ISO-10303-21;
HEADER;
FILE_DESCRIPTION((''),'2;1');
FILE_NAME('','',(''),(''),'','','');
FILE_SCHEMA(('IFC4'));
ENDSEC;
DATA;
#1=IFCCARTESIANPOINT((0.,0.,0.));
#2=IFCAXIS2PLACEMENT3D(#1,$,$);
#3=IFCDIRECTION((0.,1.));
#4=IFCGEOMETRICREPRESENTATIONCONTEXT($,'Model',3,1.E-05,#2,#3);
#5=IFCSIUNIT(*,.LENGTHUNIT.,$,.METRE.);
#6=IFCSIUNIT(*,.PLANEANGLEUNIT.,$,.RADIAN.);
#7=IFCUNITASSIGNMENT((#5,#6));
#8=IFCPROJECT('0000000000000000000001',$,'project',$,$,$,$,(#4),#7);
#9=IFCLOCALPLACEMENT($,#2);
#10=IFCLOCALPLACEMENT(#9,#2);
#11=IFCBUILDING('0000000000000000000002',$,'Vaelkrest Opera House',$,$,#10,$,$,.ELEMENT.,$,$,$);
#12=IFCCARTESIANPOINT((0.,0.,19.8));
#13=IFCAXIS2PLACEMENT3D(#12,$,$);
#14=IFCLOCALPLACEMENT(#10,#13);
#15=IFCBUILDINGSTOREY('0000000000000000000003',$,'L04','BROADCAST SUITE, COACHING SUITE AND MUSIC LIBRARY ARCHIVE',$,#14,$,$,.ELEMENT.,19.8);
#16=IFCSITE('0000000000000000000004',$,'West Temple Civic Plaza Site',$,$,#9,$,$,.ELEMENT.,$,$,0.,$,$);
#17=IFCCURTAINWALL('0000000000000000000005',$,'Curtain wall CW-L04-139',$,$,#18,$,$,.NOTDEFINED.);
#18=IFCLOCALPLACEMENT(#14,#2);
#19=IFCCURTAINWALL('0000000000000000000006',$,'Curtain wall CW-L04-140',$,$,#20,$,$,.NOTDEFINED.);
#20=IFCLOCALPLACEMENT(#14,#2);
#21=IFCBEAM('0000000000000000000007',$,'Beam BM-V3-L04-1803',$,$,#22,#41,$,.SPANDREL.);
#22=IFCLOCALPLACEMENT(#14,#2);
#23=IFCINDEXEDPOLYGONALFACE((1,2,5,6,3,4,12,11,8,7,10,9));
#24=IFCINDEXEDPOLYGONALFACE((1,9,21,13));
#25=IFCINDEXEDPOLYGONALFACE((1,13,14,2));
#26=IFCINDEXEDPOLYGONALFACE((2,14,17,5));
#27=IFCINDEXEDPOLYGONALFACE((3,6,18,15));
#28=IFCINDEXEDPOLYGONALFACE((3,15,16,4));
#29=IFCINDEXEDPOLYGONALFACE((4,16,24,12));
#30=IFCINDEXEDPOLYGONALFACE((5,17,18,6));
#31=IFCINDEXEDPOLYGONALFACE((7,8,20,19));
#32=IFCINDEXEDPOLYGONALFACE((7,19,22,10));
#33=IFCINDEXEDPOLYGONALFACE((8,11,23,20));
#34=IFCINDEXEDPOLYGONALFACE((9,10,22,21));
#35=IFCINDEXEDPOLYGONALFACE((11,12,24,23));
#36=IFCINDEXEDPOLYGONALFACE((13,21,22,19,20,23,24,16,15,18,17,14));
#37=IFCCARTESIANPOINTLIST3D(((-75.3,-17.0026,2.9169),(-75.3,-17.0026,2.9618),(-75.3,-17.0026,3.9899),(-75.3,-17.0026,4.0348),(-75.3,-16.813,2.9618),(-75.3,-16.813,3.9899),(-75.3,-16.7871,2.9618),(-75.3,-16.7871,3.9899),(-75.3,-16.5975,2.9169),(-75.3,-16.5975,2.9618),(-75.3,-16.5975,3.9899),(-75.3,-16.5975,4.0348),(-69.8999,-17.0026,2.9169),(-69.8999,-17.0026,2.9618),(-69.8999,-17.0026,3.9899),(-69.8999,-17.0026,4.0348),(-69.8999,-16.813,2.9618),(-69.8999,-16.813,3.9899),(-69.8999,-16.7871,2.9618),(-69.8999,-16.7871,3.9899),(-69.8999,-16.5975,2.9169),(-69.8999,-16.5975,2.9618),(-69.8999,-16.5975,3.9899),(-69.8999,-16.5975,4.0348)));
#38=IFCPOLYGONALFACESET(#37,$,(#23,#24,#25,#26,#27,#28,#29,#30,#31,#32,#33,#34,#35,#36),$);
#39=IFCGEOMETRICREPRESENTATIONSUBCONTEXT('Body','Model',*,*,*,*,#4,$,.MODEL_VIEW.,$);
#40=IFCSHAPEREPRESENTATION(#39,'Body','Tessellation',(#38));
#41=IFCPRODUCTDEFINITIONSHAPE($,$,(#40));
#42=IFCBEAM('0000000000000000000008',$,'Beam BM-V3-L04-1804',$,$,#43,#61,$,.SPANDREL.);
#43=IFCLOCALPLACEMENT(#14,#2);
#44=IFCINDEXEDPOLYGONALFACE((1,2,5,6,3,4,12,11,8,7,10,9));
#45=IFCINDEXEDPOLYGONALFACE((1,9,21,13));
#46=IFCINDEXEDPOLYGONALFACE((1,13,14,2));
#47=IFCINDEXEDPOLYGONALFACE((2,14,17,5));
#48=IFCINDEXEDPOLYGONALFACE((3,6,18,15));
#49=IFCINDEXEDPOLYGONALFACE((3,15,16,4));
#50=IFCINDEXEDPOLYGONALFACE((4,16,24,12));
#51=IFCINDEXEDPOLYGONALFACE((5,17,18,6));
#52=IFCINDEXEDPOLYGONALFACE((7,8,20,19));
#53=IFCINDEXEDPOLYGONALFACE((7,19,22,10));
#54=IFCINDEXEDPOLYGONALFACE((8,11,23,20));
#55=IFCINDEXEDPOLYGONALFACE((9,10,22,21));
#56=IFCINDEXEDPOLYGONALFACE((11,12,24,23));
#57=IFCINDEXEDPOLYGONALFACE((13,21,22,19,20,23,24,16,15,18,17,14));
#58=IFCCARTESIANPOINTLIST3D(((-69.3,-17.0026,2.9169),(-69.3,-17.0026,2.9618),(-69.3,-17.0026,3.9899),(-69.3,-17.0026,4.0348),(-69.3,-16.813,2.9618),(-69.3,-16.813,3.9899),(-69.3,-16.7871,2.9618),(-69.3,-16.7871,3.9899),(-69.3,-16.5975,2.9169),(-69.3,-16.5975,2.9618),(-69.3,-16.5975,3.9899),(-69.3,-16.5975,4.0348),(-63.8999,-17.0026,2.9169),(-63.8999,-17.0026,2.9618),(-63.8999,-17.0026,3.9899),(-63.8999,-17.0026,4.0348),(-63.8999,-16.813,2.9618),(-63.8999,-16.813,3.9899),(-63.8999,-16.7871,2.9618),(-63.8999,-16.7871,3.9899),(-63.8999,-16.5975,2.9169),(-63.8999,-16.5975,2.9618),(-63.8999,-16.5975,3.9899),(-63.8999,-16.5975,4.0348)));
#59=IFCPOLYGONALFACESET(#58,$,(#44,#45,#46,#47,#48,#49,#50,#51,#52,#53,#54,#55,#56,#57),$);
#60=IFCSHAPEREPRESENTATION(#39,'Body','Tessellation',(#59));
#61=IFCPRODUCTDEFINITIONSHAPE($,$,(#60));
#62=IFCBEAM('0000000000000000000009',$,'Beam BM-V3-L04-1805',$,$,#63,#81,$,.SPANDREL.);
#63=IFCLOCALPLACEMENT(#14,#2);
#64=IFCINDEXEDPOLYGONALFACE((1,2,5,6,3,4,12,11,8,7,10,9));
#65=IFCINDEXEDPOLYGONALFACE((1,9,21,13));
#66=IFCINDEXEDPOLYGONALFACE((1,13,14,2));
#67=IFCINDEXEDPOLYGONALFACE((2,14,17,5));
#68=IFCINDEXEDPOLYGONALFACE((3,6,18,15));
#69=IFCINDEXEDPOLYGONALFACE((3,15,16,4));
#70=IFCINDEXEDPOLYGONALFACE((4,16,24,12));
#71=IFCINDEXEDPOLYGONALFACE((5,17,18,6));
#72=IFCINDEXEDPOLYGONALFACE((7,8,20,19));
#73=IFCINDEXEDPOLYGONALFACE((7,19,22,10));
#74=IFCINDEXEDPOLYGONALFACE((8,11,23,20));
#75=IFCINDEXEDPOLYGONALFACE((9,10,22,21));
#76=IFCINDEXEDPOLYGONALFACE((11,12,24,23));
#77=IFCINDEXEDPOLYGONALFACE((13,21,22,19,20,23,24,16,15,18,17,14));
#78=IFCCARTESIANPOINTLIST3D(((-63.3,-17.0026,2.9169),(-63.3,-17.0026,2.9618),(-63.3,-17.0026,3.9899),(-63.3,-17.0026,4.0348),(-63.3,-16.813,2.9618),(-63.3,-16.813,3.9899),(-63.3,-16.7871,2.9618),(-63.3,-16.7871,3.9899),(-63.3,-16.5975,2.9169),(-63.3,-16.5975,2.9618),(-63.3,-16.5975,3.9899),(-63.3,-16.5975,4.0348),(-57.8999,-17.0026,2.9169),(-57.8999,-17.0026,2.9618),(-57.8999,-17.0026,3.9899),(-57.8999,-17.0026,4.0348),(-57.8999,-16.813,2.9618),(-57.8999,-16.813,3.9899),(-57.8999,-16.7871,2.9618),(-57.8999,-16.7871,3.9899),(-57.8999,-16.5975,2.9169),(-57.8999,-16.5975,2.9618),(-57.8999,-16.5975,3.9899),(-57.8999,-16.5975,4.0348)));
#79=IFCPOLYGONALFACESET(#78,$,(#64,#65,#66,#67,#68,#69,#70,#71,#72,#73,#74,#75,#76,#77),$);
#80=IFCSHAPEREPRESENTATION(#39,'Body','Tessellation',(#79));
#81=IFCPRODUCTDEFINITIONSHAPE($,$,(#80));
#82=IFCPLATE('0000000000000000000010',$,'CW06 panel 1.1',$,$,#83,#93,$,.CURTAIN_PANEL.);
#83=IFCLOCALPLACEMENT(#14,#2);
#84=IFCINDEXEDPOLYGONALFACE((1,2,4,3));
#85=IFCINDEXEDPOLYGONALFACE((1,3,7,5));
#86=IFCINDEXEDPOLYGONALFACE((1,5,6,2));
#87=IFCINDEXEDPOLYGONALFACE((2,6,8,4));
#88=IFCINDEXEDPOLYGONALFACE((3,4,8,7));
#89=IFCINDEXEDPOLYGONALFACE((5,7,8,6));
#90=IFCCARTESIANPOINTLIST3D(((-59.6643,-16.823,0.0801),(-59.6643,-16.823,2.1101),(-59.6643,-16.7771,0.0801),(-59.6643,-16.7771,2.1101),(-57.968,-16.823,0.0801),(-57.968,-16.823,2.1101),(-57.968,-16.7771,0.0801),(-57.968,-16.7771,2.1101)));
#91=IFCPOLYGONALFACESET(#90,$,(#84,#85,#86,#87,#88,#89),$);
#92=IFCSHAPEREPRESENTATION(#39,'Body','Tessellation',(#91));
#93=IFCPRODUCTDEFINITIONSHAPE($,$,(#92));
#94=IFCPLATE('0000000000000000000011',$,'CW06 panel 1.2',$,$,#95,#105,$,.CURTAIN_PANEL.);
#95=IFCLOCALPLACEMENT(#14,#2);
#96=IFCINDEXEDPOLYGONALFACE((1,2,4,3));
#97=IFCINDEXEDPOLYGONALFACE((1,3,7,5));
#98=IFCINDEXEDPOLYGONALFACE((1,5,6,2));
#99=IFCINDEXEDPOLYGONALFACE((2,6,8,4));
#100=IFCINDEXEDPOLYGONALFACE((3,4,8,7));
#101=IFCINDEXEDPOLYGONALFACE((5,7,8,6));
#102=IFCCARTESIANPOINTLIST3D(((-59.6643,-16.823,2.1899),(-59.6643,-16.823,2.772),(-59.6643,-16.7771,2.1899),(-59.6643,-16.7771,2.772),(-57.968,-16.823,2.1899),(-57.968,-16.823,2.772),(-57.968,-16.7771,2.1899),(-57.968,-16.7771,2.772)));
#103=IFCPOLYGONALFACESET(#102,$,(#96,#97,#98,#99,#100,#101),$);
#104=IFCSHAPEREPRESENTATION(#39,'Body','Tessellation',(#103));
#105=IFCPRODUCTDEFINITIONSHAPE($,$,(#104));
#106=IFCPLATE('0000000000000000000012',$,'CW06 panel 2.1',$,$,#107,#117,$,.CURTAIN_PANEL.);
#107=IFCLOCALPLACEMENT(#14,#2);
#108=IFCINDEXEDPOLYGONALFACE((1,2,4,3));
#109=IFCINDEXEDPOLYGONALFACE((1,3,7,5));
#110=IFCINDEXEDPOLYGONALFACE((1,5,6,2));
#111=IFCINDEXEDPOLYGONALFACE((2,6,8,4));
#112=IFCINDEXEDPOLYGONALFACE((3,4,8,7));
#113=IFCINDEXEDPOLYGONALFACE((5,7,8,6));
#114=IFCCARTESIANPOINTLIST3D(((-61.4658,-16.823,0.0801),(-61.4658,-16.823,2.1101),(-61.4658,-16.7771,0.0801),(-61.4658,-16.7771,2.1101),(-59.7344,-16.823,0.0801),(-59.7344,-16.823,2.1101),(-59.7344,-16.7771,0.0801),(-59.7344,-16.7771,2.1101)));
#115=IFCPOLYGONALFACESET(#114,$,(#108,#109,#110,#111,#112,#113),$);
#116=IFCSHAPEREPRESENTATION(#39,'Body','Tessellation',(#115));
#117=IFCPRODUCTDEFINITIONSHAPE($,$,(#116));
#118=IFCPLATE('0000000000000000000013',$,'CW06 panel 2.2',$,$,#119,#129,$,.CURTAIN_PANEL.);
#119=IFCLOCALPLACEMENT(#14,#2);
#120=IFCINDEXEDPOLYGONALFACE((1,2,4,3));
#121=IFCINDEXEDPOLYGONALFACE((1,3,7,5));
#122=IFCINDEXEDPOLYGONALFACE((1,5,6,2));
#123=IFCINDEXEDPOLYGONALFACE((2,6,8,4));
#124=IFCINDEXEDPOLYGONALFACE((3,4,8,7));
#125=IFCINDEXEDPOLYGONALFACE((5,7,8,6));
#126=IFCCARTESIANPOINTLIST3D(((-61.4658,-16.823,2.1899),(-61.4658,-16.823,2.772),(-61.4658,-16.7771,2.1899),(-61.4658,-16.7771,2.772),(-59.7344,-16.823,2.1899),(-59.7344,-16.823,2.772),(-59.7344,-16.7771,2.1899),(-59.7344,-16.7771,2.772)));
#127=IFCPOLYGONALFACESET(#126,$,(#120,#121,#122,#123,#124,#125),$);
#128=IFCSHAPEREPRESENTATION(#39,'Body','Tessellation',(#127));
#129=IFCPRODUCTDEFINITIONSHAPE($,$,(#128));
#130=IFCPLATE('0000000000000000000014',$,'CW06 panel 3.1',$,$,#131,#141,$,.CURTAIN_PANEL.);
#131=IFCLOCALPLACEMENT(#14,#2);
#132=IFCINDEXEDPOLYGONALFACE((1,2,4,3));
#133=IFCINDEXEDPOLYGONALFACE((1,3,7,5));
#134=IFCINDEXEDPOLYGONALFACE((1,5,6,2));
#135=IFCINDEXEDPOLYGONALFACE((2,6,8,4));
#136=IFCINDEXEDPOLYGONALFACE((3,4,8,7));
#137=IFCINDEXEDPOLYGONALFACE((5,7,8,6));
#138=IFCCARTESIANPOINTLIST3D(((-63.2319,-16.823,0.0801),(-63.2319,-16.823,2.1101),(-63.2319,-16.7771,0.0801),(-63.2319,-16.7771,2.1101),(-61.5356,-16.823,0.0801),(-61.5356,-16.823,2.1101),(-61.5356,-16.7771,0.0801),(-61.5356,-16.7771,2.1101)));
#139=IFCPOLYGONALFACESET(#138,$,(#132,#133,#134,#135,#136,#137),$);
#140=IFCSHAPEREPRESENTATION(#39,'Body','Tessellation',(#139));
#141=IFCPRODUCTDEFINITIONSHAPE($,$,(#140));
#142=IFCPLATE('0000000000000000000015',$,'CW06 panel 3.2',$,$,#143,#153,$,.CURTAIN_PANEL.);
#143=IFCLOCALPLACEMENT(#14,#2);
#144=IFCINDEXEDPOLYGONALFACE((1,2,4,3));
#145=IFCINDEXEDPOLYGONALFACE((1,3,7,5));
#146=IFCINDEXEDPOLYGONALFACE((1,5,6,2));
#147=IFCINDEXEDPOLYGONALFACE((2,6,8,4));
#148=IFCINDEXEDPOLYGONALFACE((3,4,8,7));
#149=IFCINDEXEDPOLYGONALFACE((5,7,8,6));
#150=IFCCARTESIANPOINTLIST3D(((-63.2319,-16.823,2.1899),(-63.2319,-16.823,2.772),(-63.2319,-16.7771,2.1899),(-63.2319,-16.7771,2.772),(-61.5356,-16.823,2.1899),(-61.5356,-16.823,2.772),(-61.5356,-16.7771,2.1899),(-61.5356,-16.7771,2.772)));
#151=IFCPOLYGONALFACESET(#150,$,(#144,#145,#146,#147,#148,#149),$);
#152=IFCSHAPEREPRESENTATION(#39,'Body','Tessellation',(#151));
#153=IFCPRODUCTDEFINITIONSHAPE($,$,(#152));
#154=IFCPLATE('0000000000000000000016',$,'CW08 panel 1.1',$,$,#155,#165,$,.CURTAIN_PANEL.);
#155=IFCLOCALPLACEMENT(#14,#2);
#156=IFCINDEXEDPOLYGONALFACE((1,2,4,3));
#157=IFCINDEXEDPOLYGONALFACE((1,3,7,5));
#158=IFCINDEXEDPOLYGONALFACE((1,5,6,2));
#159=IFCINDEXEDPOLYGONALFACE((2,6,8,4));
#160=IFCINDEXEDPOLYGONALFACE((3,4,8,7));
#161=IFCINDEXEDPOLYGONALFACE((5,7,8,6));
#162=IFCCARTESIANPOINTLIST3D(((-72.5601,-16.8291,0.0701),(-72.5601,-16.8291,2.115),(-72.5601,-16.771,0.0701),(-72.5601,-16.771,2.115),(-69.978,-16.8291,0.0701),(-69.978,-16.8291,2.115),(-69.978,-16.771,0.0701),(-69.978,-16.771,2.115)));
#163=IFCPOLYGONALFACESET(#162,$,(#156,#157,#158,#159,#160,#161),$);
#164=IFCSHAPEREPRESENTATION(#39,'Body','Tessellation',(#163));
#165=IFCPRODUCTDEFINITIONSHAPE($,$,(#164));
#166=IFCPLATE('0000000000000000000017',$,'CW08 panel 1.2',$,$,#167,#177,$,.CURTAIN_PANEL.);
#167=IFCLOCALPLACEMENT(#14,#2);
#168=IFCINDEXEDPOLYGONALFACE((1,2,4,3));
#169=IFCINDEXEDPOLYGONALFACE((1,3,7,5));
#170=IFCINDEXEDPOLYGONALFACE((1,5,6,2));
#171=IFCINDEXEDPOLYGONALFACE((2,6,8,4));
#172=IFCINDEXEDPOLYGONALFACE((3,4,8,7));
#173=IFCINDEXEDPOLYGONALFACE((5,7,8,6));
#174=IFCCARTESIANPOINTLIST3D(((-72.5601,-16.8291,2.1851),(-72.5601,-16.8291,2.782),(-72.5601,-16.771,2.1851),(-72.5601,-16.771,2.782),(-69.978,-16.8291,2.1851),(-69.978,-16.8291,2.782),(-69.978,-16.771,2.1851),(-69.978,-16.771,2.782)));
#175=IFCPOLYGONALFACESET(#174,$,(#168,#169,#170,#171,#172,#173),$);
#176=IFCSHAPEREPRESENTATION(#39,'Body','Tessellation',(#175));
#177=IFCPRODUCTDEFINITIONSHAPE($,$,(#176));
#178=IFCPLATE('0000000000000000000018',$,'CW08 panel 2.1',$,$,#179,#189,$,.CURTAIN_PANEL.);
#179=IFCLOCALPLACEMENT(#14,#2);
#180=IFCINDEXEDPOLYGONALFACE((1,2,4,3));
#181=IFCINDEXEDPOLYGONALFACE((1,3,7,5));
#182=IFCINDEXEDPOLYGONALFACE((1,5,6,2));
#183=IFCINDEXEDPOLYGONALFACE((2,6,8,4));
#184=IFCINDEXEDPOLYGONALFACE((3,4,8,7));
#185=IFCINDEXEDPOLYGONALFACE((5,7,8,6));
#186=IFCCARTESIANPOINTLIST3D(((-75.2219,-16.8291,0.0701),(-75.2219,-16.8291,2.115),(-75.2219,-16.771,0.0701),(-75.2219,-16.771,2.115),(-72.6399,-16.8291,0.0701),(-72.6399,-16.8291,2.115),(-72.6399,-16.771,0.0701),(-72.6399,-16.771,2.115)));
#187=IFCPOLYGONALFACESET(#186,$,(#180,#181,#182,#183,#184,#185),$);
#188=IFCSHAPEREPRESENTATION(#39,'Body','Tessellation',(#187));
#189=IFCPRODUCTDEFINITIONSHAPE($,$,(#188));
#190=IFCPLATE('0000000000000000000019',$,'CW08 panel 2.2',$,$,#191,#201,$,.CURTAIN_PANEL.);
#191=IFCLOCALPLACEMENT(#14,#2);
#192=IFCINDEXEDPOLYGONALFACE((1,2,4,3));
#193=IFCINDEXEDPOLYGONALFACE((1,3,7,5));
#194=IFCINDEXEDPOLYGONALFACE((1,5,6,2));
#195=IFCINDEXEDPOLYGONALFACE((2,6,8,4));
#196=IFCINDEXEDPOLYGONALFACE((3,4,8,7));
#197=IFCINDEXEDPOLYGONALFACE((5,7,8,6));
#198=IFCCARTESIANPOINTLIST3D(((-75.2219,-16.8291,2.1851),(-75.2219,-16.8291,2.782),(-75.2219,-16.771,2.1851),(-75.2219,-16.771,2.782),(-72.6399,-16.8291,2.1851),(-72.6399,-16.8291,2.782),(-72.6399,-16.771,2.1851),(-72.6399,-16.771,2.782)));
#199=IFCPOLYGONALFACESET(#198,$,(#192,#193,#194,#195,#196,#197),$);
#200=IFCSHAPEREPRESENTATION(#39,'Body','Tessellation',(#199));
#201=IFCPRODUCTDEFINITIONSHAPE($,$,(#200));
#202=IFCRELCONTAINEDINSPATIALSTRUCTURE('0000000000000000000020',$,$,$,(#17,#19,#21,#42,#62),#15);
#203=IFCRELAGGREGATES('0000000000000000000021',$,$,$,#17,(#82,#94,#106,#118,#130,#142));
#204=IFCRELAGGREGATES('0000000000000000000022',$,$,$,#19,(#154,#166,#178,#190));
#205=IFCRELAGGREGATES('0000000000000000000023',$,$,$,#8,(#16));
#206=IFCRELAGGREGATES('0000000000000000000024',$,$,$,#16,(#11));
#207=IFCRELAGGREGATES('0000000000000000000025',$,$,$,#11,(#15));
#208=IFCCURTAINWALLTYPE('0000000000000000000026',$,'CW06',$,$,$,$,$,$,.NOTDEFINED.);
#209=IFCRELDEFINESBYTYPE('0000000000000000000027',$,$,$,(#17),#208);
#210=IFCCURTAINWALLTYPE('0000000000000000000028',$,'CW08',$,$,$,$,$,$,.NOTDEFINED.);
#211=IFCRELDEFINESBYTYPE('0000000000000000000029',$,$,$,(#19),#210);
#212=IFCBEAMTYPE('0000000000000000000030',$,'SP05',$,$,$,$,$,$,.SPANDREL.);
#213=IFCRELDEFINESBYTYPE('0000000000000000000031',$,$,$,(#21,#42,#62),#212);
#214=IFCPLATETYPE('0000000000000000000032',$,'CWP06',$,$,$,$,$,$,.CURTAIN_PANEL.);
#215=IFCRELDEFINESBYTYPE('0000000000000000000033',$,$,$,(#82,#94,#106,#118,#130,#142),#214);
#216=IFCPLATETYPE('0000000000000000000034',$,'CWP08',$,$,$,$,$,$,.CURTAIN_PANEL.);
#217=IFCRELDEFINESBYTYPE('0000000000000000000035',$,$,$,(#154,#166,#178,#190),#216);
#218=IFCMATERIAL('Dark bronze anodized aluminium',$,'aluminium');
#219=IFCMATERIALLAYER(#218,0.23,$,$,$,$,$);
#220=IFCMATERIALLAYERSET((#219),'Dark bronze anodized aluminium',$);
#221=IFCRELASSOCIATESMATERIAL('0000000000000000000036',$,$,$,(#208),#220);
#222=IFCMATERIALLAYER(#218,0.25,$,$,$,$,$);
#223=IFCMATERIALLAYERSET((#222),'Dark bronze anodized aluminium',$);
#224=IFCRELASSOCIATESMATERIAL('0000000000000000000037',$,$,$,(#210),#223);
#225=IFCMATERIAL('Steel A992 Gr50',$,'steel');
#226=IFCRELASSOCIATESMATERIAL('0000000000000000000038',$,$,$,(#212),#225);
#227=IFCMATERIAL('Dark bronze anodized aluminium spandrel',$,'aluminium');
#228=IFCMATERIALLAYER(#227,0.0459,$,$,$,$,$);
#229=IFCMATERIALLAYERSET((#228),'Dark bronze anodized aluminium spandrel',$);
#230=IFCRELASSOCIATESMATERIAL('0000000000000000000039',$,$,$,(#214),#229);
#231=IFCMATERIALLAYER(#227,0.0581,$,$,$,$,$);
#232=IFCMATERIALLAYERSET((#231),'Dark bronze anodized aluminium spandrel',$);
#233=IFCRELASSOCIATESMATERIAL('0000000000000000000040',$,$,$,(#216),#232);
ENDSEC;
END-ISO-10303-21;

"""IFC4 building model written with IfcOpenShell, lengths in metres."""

from ifc_helpers import new_model, si_unit, direction, frame, origin, origin_2d, place, context, subcontext, project, spatial, rectangle, i_section, extrude, material, layer, layer_set, material_profile, profile_set, type_object, element, aggregate, save


model = new_model("IFC4")

# Units and contexts
model_context = context("Model", 3, precision=1e-05, world=origin(), true_north=direction((0.0, 1.0)))
body_context = subcontext(model_context, "Body", "Model", "MODEL_VIEW")
ifc_project = project(units=[si_unit("LENGTHUNIT", "METRE"), si_unit("PLANEANGLEUNIT", "RADIAN")], contexts=[model_context])

# Site, building, storey
site_placement = place(None, origin())
site = spatial("IfcSite", under=ifc_project, at=site_placement, Name="West Temple Civic Plaza Site", CompositionType="ELEMENT", RefElevation=0.0)
building_placement = place(site_placement, origin())
building = spatial("IfcBuilding", under=site, at=building_placement, Name="Vaelkrest Opera House", CompositionType="ELEMENT")
storey_placement = place(building_placement, frame((0.0, 0.0, 19.8)))
storey = spatial("IfcBuildingStorey", under=building, at=storey_placement, Name="L04", Description="BROADCAST SUITE, COACHING SUITE AND MUSIC LIBRARY ARCHIVE", CompositionType="ELEMENT", Elevation=19.8)

# Curtain walls
ifc_material_1 = material(Name="Dark bronze anodized aluminium", Category="aluminium")
ifc_layer_1 = layer(ifc_material_1, 0.23)
ifc_layer_set_1 = layer_set([ifc_layer_1], Name="Dark bronze anodized aluminium")
curtain_wall_type_1 = type_object("IfcCurtainWallType", Name="CW06", PredefinedType="NOTDEFINED", material=ifc_layer_set_1)
curtain_wall_1_placement = place(storey_placement, origin())
curtain_wall_1 = element("IfcCurtainWall", 1, at=curtain_wall_1_placement, inside=storey, type_object=curtain_wall_type_1, Name="Curtain wall CW-L04-139", PredefinedType="NOTDEFINED")
ifc_layer_2 = layer(ifc_material_1, 0.25)
ifc_layer_set_2 = layer_set([ifc_layer_2], Name="Dark bronze anodized aluminium")
curtain_wall_type_2 = type_object("IfcCurtainWallType", Name="CW08", PredefinedType="NOTDEFINED", material=ifc_layer_set_2)
curtain_wall_2_placement = place(storey_placement, origin())
curtain_wall_2 = element("IfcCurtainWall", 2, at=curtain_wall_2_placement, inside=storey, type_object=curtain_wall_type_2, Name="Curtain wall CW-L04-140", PredefinedType="NOTDEFINED")

# Beams
ifc_material_2 = material(Name="Steel A992 Gr50", Category="steel")
ifc_material_profile_1 = material_profile(ifc_material_2, i_section(OverallWidth=0.405, OverallDepth=1.1179, WebThickness=0.0259, FlangeThickness=0.0449, at=origin_2d()), Name="W44X335")
ifc_profile_set_1 = profile_set([ifc_material_profile_1], Name="Steel A992 Gr50")
beam_type = type_object("IfcBeamType", Name="SP05", PredefinedType="SPANDREL", material=ifc_profile_set_1)
for number, where, z_axis, x_axis, name in (
    (3, (-75.3, -16.8, 3.4758), (1.0, 0.0, 0.0), (0.0, 1.0, 0.0), "Beam BM-V3-L04-1803"),
    (4, (-69.3, -16.8, 3.4758), (1.0, 0.0, 0.0), (0.0, 1.0, 0.0), "Beam BM-V3-L04-1804"),
    (5, (-63.3, -16.8, 3.4758), (1.0, 0.0, 0.0), (0.0, 1.0, 0.0), "Beam BM-V3-L04-1805"),
):
    element("IfcBeam", number, at=place(storey_placement, frame(where, z_axis=z_axis, x_axis=x_axis)), inside=storey, type_object=beam_type, Name=name, PredefinedType="SPANDREL", context=body_context, shape_type="SweptSolid", body=[
        extrude(i_section(OverallWidth=0.405, OverallDepth=1.1179, WebThickness=0.0259, FlangeThickness=0.0449, at=origin_2d()), origin(), (0.0, 0.0, 1.0), 5.4001),
    ])

# Plates
ifc_material_3 = material(Name="Dark bronze anodized aluminium spandrel", Category="aluminium")
ifc_layer_3 = layer(ifc_material_3, 0.0459)
ifc_layer_set_3 = layer_set([ifc_layer_3], Name="Dark bronze anodized aluminium spandrel")
plate_type_1 = type_object("IfcPlateType", Name="CWP06", PredefinedType="CURTAIN_PANEL", material=ifc_layer_set_3)
plate_1_placement = place(storey_placement, frame((-58.8162, -16.8, 0.0801), z_axis=(0.0, 0.0, 1.0), x_axis=(-1.0, 0.0, 0.0)))
plate_1 = element("IfcPlate", 6, at=plate_1_placement, type_object=plate_type_1, Name="CW06 panel 1.1", PredefinedType="CURTAIN_PANEL", context=body_context, shape_type="SweptSolid", body=[
    extrude(rectangle(XDim=1.6963, YDim=0.0459, at=origin_2d()), origin(), (0.0, 0.0, 1.0), 2.03),
])
plate_2_placement = place(storey_placement, frame((-58.8162, -16.8, 2.1899), z_axis=(0.0, 0.0, 1.0), x_axis=(-1.0, 0.0, 0.0)))
plate_2 = element("IfcPlate", 7, at=plate_2_placement, type_object=plate_type_1, Name="CW06 panel 1.2", PredefinedType="CURTAIN_PANEL", context=body_context, shape_type="SweptSolid", body=[
    extrude(rectangle(XDim=1.6963, YDim=0.0459, at=origin_2d()), origin(), (0.0, 0.0, 1.0), 0.582),
])
plate_3_placement = place(storey_placement, frame((-60.6001, -16.8, 0.0801), z_axis=(0.0, 0.0, 1.0), x_axis=(-1.0, 0.0, 0.0)))
plate_3 = element("IfcPlate", 8, at=plate_3_placement, type_object=plate_type_1, Name="CW06 panel 2.1", PredefinedType="CURTAIN_PANEL", context=body_context, shape_type="SweptSolid", body=[
    extrude(rectangle(XDim=1.7314, YDim=0.0459, at=origin_2d()), origin(), (0.0, 0.0, 1.0), 2.03),
])
plate_4_placement = place(storey_placement, frame((-60.6001, -16.8, 2.1899), z_axis=(0.0, 0.0, 1.0), x_axis=(-1.0, 0.0, 0.0)))
plate_4 = element("IfcPlate", 9, at=plate_4_placement, type_object=plate_type_1, Name="CW06 panel 2.2", PredefinedType="CURTAIN_PANEL", context=body_context, shape_type="SweptSolid", body=[
    extrude(rectangle(XDim=1.7314, YDim=0.0459, at=origin_2d()), origin(), (0.0, 0.0, 1.0), 0.582),
])
plate_5_placement = place(storey_placement, frame((-62.3838, -16.8, 0.0801), z_axis=(0.0, 0.0, 1.0), x_axis=(-1.0, 0.0, 0.0)))
plate_5 = element("IfcPlate", 10, at=plate_5_placement, type_object=plate_type_1, Name="CW06 panel 3.1", PredefinedType="CURTAIN_PANEL", context=body_context, shape_type="SweptSolid", body=[
    extrude(rectangle(XDim=1.6963, YDim=0.0459, at=origin_2d()), origin(), (0.0, 0.0, 1.0), 2.03),
])
plate_6_placement = place(storey_placement, frame((-62.3838, -16.8, 2.1899), z_axis=(0.0, 0.0, 1.0), x_axis=(-1.0, 0.0, 0.0)))
plate_6 = element("IfcPlate", 11, at=plate_6_placement, type_object=plate_type_1, Name="CW06 panel 3.2", PredefinedType="CURTAIN_PANEL", context=body_context, shape_type="SweptSolid", body=[
    extrude(rectangle(XDim=1.6963, YDim=0.0459, at=origin_2d()), origin(), (0.0, 0.0, 1.0), 0.582),
])
aggregate(curtain_wall_1, [plate_1, plate_2, plate_3, plate_4, plate_5, plate_6])
ifc_layer_4 = layer(ifc_material_3, 0.0581)
ifc_layer_set_4 = layer_set([ifc_layer_4], Name="Dark bronze anodized aluminium spandrel")
plate_type_2 = type_object("IfcPlateType", Name="CWP08", PredefinedType="CURTAIN_PANEL", material=ifc_layer_set_4)
plate_7_placement = place(storey_placement, frame((-71.269, -16.8, 0.0701), z_axis=(0.0, 0.0, 1.0), x_axis=(-1.0, 0.0, 0.0)))
plate_7 = element("IfcPlate", 12, at=plate_7_placement, type_object=plate_type_2, Name="CW08 panel 1.1", PredefinedType="CURTAIN_PANEL", context=body_context, shape_type="SweptSolid", body=[
    extrude(rectangle(XDim=2.582, YDim=0.0581, at=origin_2d()), origin(), (0.0, 0.0, 1.0), 2.0449),
])
plate_8_placement = place(storey_placement, frame((-71.269, -16.8, 2.1851), z_axis=(0.0, 0.0, 1.0), x_axis=(-1.0, 0.0, 0.0)))
plate_8 = element("IfcPlate", 13, at=plate_8_placement, type_object=plate_type_2, Name="CW08 panel 1.2", PredefinedType="CURTAIN_PANEL", context=body_context, shape_type="SweptSolid", body=[
    extrude(rectangle(XDim=2.582, YDim=0.0581, at=origin_2d()), origin(), (0.0, 0.0, 1.0), 0.5969),
])
plate_9_placement = place(storey_placement, frame((-73.9309, -16.8, 0.0701), z_axis=(0.0, 0.0, 1.0), x_axis=(-1.0, 0.0, 0.0)))
plate_9 = element("IfcPlate", 14, at=plate_9_placement, type_object=plate_type_2, Name="CW08 panel 2.1", PredefinedType="CURTAIN_PANEL", context=body_context, shape_type="SweptSolid", body=[
    extrude(rectangle(XDim=2.582, YDim=0.0581, at=origin_2d()), origin(), (0.0, 0.0, 1.0), 2.0449),
])
plate_10_placement = place(storey_placement, frame((-73.9309, -16.8, 2.1851), z_axis=(0.0, 0.0, 1.0), x_axis=(-1.0, 0.0, 0.0)))
plate_10 = element("IfcPlate", 15, at=plate_10_placement, type_object=plate_type_2, Name="CW08 panel 2.2", PredefinedType="CURTAIN_PANEL", context=body_context, shape_type="SweptSolid", body=[
    extrude(rectangle(XDim=2.582, YDim=0.0581, at=origin_2d()), origin(), (0.0, 0.0, 1.0), 0.5969),
])
aggregate(curtain_wall_2, [plate_7, plate_8, plate_9, plate_10])

save(model, "model.ifc")
